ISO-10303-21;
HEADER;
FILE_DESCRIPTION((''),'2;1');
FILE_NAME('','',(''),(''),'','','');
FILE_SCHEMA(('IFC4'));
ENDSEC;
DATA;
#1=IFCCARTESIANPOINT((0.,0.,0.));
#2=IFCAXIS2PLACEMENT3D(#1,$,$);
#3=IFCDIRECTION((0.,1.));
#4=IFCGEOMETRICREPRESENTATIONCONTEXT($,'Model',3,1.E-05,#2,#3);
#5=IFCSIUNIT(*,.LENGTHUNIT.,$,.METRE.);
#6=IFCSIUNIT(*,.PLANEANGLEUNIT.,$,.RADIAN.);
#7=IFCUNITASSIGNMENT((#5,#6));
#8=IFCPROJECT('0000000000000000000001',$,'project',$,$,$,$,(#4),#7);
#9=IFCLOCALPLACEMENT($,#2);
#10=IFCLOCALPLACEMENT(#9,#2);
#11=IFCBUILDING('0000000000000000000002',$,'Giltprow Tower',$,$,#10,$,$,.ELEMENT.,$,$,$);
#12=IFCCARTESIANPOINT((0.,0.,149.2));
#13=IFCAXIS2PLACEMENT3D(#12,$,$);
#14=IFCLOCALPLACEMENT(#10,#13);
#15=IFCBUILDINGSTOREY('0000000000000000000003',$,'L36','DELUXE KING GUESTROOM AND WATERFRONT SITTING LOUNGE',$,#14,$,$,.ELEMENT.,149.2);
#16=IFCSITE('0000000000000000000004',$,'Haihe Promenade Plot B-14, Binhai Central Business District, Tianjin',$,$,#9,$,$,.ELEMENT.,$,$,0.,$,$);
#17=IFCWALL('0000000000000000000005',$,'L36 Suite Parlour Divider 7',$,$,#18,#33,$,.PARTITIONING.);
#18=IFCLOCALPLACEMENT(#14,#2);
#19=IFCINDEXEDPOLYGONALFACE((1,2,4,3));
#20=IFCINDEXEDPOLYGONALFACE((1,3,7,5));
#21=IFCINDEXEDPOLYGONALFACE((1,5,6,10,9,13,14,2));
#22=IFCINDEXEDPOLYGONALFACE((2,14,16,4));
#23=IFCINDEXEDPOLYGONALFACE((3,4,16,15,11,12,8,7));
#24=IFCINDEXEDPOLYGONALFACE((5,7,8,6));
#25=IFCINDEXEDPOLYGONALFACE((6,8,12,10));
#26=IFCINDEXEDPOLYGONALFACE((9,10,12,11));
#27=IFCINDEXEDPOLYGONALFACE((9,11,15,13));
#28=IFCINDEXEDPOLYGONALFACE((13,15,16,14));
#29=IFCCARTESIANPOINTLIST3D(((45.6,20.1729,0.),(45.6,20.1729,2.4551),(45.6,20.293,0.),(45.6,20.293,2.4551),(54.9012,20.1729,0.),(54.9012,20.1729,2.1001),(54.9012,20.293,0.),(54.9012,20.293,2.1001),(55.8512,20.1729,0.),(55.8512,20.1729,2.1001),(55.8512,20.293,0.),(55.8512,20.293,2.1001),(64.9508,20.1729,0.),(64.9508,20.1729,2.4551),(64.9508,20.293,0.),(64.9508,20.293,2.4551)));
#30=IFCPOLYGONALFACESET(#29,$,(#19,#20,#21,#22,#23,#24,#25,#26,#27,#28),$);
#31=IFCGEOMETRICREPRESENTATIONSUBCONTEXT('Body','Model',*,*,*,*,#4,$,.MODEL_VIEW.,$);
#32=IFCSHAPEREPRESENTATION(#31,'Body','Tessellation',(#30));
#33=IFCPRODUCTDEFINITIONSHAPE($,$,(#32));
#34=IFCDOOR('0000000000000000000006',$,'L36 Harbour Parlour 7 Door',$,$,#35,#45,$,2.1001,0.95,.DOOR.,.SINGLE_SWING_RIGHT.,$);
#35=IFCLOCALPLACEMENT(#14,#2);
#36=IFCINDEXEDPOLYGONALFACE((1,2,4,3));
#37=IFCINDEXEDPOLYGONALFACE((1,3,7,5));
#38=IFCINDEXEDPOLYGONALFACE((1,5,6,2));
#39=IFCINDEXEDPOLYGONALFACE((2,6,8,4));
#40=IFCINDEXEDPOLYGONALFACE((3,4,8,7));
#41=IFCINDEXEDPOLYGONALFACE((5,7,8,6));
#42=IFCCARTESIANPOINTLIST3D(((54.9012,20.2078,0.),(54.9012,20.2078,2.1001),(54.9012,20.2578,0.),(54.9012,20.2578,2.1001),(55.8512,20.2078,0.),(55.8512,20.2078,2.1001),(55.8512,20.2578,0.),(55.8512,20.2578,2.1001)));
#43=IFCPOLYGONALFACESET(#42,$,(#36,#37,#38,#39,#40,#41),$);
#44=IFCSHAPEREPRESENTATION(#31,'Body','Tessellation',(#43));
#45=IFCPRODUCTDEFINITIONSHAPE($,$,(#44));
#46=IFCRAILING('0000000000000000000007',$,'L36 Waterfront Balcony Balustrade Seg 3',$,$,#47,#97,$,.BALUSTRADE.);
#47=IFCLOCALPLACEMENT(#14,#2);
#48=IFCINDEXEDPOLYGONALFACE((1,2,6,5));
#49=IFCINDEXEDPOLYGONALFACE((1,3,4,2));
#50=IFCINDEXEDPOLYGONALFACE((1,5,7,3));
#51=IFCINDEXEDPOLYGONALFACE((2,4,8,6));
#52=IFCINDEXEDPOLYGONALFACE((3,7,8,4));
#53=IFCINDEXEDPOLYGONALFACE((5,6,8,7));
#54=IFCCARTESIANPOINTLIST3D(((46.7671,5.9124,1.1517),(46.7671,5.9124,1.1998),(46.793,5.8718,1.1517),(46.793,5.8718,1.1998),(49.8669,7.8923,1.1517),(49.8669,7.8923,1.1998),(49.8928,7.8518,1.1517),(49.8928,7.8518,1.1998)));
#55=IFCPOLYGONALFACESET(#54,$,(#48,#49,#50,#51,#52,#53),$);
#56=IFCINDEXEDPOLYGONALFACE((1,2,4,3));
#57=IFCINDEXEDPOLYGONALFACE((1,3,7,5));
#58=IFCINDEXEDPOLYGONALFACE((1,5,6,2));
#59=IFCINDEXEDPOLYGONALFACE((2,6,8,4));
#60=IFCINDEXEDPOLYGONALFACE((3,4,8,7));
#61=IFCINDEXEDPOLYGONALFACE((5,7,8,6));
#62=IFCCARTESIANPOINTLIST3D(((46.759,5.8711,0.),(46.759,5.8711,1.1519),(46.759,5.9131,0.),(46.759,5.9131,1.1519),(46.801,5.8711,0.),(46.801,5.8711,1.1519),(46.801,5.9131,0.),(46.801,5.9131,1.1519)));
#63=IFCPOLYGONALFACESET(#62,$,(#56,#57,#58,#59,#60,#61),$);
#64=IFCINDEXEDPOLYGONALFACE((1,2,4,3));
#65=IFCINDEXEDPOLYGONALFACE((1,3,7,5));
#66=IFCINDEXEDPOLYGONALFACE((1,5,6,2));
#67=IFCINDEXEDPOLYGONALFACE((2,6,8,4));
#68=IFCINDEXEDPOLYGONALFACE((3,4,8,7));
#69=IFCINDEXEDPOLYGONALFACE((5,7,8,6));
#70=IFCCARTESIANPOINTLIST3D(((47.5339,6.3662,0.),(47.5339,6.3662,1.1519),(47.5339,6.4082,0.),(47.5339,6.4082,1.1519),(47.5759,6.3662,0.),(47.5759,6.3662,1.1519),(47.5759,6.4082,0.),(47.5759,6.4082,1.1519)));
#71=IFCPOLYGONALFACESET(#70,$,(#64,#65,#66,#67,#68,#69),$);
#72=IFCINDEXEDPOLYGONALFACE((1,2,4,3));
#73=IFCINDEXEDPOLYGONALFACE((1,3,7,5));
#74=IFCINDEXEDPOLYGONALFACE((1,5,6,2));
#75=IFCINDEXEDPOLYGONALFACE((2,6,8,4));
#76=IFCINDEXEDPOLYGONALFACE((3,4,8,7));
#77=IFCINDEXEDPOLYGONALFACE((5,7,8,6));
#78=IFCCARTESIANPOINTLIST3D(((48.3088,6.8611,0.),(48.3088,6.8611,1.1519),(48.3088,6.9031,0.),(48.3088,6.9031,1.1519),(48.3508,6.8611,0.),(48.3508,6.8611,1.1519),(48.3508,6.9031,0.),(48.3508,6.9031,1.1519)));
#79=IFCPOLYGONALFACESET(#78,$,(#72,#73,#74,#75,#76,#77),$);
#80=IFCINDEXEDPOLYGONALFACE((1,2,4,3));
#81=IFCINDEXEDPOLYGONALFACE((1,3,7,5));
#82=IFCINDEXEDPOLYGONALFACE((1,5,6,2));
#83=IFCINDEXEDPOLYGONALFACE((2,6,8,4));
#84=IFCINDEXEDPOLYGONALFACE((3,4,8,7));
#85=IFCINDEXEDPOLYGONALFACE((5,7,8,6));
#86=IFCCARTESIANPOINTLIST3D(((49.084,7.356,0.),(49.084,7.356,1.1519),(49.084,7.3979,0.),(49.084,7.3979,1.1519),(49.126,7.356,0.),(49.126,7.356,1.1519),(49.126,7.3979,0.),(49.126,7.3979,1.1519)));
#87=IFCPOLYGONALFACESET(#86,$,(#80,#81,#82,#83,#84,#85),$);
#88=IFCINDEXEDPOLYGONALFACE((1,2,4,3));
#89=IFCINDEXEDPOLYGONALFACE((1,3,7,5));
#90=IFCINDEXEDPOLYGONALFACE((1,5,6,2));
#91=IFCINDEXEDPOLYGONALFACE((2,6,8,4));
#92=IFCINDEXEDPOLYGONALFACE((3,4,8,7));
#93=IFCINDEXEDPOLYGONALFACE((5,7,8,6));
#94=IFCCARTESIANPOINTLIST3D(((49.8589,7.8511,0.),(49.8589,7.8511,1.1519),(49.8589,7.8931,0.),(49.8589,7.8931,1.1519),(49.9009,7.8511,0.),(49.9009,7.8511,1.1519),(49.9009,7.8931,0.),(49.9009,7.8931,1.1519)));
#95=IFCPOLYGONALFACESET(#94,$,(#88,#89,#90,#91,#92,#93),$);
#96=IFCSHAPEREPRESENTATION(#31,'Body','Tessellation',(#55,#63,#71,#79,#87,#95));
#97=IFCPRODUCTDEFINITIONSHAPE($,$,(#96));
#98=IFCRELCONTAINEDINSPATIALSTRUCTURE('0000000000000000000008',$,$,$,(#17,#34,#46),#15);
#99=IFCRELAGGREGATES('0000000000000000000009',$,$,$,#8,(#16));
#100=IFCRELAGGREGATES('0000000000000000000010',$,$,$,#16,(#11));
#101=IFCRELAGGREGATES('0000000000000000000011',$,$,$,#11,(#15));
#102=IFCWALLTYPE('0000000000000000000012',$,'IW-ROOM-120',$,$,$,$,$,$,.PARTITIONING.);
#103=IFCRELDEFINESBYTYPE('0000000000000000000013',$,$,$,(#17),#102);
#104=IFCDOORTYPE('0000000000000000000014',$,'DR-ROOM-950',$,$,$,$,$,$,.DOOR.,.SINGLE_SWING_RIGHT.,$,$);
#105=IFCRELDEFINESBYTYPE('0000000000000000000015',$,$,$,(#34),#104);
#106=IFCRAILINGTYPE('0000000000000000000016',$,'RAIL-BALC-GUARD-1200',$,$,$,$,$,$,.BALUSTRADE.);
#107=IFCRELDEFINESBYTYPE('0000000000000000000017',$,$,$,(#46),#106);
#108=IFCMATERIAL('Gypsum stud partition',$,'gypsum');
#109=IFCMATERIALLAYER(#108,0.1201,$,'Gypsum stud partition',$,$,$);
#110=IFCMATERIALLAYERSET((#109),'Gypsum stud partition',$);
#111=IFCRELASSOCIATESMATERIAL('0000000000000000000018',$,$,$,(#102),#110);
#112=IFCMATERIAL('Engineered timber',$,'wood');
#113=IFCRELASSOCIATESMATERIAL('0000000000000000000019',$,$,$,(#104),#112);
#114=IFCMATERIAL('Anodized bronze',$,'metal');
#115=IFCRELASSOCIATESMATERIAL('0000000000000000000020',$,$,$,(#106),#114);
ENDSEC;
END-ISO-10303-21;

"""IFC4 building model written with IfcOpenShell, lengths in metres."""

from ifc_helpers import new_model, si_unit, direction, frame, frame_2d, origin, origin_2d, place, context, subcontext, project, spatial, rectangle, extrude, source, transform, mapped, material, layer, layer_set, type_object, element, fill, save


model = new_model("IFC4")

# Units and contexts
model_context = context("Model", 3, precision=1e-05, world=origin(), true_north=direction((0.0, 1.0)))
body_context = subcontext(model_context, "Body", "Model", "MODEL_VIEW")
ifc_project = project(units=[si_unit("LENGTHUNIT", "METRE"), si_unit("PLANEANGLEUNIT", "RADIAN")], contexts=[model_context])

# Site, building, storey
site_placement = place(None, origin())
site = spatial("IfcSite", under=ifc_project, at=site_placement, Name="Haihe Promenade Plot B-14, Binhai Central Business District, Tianjin", CompositionType="ELEMENT", RefElevation=0.0)
building_placement = place(site_placement, origin())
building = spatial("IfcBuilding", under=site, at=building_placement, Name="Giltprow Tower", CompositionType="ELEMENT")
storey_placement = place(building_placement, frame((0.0, 0.0, 149.2)))
storey = spatial("IfcBuildingStorey", under=building, at=storey_placement, Name="L36", Description="DELUXE KING GUESTROOM AND WATERFRONT SITTING LOUNGE", CompositionType="ELEMENT", Elevation=149.2)

# Shared definitions
ifc_material_1 = material(Name="Anodized bronze", Category="metal")

# Shared definitions
ifc_material_2 = material(Name="Gypsum stud partition", Category="gypsum")

# Wall, opening, door
ifc_layer_1 = layer(ifc_material_2, 0.1201, Name="Gypsum stud partition")
ifc_layer_set_1 = layer_set([ifc_layer_1], Name="Gypsum stud partition")
wall_type_1 = type_object("IfcWallType", Name="IW-ROOM-120", PredefinedType="PARTITIONING", material=ifc_layer_set_1)
wall_1_placement = place(storey_placement, frame((45.6001, 20.2329, 0.0), z_axis=(0.0, 0.0, 1.0), x_axis=(1.0, 0.0, 0.0)))
wall_1 = element("IfcWall", 1, at=wall_1_placement, inside=storey, type_object=wall_type_1, Name="L36 Suite Parlour Divider 7", PredefinedType="PARTITIONING", context=body_context, shape_type="SweptSolid", body=[
    extrude(rectangle(XDim=19.3508, YDim=0.1201, at=frame_2d((9.6753, 0.0))), origin(), (0.0, 0.0, 1.0), 2.4551),
])
opening_1_placement = place(wall_1_placement, frame((9.301, 0.0, 0.0)))
opening_1 = element("IfcOpeningElement", 2, at=opening_1_placement, cuts=wall_1, PredefinedType="OPENING", context=body_context, shape_type="SweptSolid", body=[
    extrude(rectangle(XDim=0.95, YDim=2.1001, at=frame_2d((0.4751, 1.05))), frame((0.0, 0.0701, 0.0), z_axis=(0.0, -1.0, 0.0), x_axis=(1.0, 0.0, 0.0)), (0.0, 0.0, 1.0), 0.1401),
])
ifc_material_3 = material(Name="Engineered timber", Category="wood")
door_type_1 = type_object("IfcDoorType", Name="DR-ROOM-950", OperationType="SINGLE_SWING_RIGHT", PredefinedType="DOOR", material=ifc_material_3)
shared_shape_1 = source(origin(), body_context, "Body", "SweptSolid", [
    extrude(rectangle(XDim=0.95, YDim=2.1001, at=frame_2d((0.4751, 1.05))), frame((0.0, 0.0249, 0.0), z_axis=(0.0, -1.0, 0.0), x_axis=(1.0, 0.0, 0.0)), (0.0, 0.0, 1.0), 0.05),
])
door_1_placement = place(opening_1_placement, origin())
door_1 = element("IfcDoor", 3, at=door_1_placement, inside=storey, type_object=door_type_1, Name="L36 Harbour Parlour 7 Door", OperationType="SINGLE_SWING_RIGHT", OverallHeight=2.1001, OverallWidth=0.95, PredefinedType="DOOR", context=body_context, shape_type="MappedRepresentation", body=[
    mapped(shared_shape_1, transform((0.0, 0.0, 0.0), x_axis=(1.0, 0.0, 0.0), y_axis=(0.0, 1.0, 0.0), z_axis=(0.0, 0.0, 1.0), scale=1.0)),
])
fill(opening_1, door_1)

# Railing
railing_type = type_object("IfcRailingType", Name="RAIL-BALC-GUARD-1200", PredefinedType="BALUSTRADE", material=ifc_material_1)
railing_1_placement = place(storey_placement, frame((46.78, 5.8921, 0.0)))
element("IfcRailing", 4, at=railing_1_placement, inside=storey, type_object=railing_type, Name="L36 Waterfront Balcony Balustrade Seg 3", PredefinedType="BALUSTRADE", context=body_context, shape_type="SweptSolid", body=[
    extrude(rectangle(XDim=0.0481, YDim=0.0481, at=origin_2d()), frame((0.0, 0.0, 1.1758), z_axis=(0.842756, 0.538296, 0.0), x_axis=(-0.538296, 0.842756, 0.0)), (0.0, 0.0, 1.0), 3.6782),
    extrude(rectangle(XDim=0.042, YDim=0.042, at=origin_2d()), origin(), (0.0, 0.0, 1.0), 1.1519),
    extrude(rectangle(XDim=0.042, YDim=0.042, at=origin_2d()), frame((0.7749, 0.4951, 0.0)), (0.0, 0.0, 1.0), 1.1519),
    extrude(rectangle(XDim=0.042, YDim=0.042, at=origin_2d()), frame((1.5498, 0.99, 0.0)), (0.0, 0.0, 1.0), 1.1519),
    extrude(rectangle(XDim=0.042, YDim=0.042, at=origin_2d()), frame((2.325, 1.4849, 0.0)), (0.0, 0.0, 1.0), 1.1519),
    extrude(rectangle(XDim=0.042, YDim=0.042, at=origin_2d()), frame((3.0999, 1.98, 0.0)), (0.0, 0.0, 1.0), 1.1519),
])

save(model, "model.ifc")
